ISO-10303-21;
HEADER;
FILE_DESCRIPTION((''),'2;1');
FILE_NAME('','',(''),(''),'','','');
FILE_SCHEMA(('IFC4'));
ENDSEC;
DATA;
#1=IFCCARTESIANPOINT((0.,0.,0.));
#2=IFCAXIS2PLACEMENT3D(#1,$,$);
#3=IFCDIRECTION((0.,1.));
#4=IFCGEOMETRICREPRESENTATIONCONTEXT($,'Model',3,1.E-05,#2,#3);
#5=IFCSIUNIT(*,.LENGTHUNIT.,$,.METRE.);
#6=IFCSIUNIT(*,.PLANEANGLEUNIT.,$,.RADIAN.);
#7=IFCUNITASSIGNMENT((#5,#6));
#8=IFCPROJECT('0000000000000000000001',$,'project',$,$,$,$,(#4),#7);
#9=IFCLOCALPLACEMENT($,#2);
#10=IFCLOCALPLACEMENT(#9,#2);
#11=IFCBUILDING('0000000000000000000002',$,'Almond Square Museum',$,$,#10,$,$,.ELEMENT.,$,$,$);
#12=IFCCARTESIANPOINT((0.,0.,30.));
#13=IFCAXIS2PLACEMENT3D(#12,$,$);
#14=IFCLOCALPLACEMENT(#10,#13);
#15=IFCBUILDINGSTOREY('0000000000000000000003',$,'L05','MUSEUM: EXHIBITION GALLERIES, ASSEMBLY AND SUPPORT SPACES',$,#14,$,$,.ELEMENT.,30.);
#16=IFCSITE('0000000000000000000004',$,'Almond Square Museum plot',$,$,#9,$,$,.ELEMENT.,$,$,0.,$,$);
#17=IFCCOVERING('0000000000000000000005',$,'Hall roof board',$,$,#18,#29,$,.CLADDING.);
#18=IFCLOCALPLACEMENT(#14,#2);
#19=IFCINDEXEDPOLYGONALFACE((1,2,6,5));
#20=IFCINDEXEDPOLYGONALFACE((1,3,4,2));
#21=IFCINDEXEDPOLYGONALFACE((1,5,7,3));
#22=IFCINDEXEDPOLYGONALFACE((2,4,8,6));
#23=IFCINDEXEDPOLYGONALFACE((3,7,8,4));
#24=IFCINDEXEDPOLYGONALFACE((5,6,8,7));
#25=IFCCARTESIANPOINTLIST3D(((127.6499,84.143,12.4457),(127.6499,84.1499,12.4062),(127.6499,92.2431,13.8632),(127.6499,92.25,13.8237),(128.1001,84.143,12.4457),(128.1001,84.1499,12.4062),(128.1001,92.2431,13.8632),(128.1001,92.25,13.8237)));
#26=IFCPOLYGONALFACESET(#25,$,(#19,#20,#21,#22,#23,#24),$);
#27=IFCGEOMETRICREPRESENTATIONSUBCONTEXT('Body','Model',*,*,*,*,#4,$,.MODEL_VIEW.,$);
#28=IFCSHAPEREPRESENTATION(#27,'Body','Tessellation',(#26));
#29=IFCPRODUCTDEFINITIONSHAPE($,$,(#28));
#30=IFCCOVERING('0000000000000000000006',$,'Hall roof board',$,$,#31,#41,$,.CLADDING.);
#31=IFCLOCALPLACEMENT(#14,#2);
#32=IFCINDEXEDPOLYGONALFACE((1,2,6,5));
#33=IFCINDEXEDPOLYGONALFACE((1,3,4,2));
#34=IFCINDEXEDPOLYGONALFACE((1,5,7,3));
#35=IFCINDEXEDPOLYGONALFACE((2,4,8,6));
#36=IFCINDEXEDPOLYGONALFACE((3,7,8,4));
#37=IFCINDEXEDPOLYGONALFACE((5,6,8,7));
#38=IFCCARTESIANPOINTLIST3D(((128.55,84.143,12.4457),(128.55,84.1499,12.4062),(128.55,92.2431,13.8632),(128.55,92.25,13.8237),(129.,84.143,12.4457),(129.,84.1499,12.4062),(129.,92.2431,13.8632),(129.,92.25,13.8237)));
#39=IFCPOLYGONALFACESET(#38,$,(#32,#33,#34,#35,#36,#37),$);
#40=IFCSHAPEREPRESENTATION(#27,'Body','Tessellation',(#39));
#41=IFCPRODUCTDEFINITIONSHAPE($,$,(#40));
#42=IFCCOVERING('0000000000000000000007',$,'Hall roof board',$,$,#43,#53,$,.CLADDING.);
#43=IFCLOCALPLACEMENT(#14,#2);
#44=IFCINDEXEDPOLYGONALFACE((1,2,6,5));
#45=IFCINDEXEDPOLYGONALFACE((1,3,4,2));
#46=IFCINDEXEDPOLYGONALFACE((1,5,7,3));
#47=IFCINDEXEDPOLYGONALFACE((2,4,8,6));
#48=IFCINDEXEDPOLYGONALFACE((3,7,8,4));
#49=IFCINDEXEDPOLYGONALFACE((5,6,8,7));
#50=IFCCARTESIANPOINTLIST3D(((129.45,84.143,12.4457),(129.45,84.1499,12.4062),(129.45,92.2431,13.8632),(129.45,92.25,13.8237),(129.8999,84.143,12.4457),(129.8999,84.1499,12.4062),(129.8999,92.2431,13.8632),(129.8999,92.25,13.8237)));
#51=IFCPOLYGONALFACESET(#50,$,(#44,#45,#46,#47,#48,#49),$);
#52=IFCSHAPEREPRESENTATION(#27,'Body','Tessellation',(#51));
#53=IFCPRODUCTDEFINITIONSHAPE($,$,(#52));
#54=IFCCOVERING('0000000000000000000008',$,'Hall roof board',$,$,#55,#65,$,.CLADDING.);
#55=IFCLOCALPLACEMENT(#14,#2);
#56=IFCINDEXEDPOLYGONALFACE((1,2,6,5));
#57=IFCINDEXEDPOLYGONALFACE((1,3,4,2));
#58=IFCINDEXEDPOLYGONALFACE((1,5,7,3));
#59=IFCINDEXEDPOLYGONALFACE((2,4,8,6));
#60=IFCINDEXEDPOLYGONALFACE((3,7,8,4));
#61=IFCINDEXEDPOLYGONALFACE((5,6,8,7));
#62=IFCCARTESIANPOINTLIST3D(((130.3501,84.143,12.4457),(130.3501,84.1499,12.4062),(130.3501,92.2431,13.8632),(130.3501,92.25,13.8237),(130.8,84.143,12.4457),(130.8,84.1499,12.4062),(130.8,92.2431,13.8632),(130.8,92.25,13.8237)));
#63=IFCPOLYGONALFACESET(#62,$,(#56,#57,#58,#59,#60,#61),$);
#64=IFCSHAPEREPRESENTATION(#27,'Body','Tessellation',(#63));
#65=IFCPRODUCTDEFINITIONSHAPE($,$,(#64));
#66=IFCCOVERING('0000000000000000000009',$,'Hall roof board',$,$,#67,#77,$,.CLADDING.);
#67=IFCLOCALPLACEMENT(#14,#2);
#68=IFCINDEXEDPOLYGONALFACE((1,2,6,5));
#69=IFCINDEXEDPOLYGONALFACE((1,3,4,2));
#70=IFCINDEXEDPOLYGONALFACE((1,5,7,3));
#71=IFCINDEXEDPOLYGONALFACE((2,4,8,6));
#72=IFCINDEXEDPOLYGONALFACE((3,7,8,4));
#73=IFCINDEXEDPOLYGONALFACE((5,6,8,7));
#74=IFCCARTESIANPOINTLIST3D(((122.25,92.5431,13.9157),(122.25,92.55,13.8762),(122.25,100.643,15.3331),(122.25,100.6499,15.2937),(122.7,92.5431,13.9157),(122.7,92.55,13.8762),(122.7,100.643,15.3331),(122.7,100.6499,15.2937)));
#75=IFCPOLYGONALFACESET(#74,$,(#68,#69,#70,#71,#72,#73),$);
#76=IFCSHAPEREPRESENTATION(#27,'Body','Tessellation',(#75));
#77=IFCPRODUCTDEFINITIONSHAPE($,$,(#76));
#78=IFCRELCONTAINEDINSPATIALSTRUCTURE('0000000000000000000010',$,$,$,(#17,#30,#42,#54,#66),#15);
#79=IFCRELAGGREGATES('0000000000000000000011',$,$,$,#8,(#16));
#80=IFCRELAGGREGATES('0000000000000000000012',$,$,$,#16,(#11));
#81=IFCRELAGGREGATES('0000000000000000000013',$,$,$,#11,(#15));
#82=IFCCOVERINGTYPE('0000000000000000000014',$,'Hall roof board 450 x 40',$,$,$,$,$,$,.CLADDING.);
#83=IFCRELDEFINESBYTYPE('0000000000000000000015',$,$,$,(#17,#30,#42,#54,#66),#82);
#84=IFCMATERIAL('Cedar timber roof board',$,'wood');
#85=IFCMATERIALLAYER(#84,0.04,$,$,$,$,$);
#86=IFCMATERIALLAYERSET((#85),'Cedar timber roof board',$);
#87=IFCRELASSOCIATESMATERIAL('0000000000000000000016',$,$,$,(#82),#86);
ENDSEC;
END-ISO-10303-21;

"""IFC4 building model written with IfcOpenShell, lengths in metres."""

from ifc_helpers import new_model, si_unit, direction, frame, origin, place, context, subcontext, project, spatial, polyline, outline, extrude, material, layer, layer_set, type_object, element, save


model = new_model("IFC4")

# Units and contexts
model_context = context("Model", 3, precision=1e-05, world=origin(), true_north=direction((0.0, 1.0)))
body_context = subcontext(model_context, "Body", "Model", "MODEL_VIEW")
ifc_project = project(units=[si_unit("LENGTHUNIT", "METRE"), si_unit("PLANEANGLEUNIT", "RADIAN")], contexts=[model_context])

# Site, building, storey
site_placement = place(None, origin())
site = spatial("IfcSite", under=ifc_project, at=site_placement, Name="Almond Square Museum plot", CompositionType="ELEMENT", RefElevation=0.0)
building_placement = place(site_placement, origin())
building = spatial("IfcBuilding", under=site, at=building_placement, Name="Almond Square Museum", CompositionType="ELEMENT")
storey_placement = place(building_placement, frame((0.0, 0.0, 30.0)))
storey = spatial("IfcBuildingStorey", under=building, at=storey_placement, Name="L05", Description="MUSEUM: EXHIBITION GALLERIES, ASSEMBLY AND SUPPORT SPACES", CompositionType="ELEMENT", Elevation=30.0)

# Coverings
ifc_material_1 = material(Name="Cedar timber roof board", Category="wood")
ifc_layer = layer(ifc_material_1, 0.04)
ifc_layer_set = layer_set([ifc_layer], Name="Cedar timber roof board")
covering_type = type_object("IfcCoveringType", Name="Hall roof board 450 x 40", PredefinedType="CLADDING", material=ifc_layer_set)
covering_1_placement = place(storey_placement, frame((128.1001, 92.25, 13.8237), z_axis=(0.0, -0.172376, 0.985031), x_axis=(-1.0, 0.0, 0.0)))
element("IfcCovering", 1, at=covering_1_placement, inside=storey, type_object=covering_type, Name="Hall roof board", PredefinedType="CLADDING", context=body_context, shape_type="SweptSolid", body=[
    extrude(outline(polyline([(0.0, 0.0), (0.4502, 0.0), (0.4502, 8.2232), (0.0, 8.2232), (0.0, 0.0)])), origin(), (0.0, 0.0, 1.0), 0.04),
])
for number, where, z_axis, x_axis, name in (
    (2, (129.0, 92.25, 13.8237), (0.0, -0.172376, 0.985031), (-1.0, 0.0, 0.0), "Hall roof board"),
    (3, (129.8999, 92.25, 13.8237), (0.0, -0.172376, 0.985031), (-1.0, 0.0, 0.0), "Hall roof board"),
    (4, (130.8, 92.25, 13.8237), (0.0, -0.172376, 0.985031), (-1.0, 0.0, 0.0), "Hall roof board"),
):
    element("IfcCovering", number, at=place(storey_placement, frame(where, z_axis=z_axis, x_axis=x_axis)), inside=storey, type_object=covering_type, Name=name, PredefinedType="CLADDING", context=body_context, shape_type="SweptSolid", body=[
        extrude(outline(polyline([(0.0, 0.0), (0.45, 0.0), (0.45, 8.2232), (0.0, 8.2232), (0.0, 0.0)])), origin(), (0.0, 0.0, 1.0), 0.04),
    ])
covering_2_placement = place(storey_placement, frame((122.7, 100.6499, 15.2937), z_axis=(0.0, -0.172381, 0.98503), x_axis=(-1.0, 0.0, 0.0)))
element("IfcCovering", 5, at=covering_2_placement, inside=storey, type_object=covering_type, Name="Hall roof board", PredefinedType="CLADDING", context=body_context, shape_type="SweptSolid", body=[
    extrude(outline(polyline([(0.0, 0.0), (0.45, 0.0), (0.45, 8.2229), (0.0, 8.2229), (0.0, 0.0)])), origin(), (0.0, 0.0, 1.0), 0.04),
])

save(model, "model.ifc")
